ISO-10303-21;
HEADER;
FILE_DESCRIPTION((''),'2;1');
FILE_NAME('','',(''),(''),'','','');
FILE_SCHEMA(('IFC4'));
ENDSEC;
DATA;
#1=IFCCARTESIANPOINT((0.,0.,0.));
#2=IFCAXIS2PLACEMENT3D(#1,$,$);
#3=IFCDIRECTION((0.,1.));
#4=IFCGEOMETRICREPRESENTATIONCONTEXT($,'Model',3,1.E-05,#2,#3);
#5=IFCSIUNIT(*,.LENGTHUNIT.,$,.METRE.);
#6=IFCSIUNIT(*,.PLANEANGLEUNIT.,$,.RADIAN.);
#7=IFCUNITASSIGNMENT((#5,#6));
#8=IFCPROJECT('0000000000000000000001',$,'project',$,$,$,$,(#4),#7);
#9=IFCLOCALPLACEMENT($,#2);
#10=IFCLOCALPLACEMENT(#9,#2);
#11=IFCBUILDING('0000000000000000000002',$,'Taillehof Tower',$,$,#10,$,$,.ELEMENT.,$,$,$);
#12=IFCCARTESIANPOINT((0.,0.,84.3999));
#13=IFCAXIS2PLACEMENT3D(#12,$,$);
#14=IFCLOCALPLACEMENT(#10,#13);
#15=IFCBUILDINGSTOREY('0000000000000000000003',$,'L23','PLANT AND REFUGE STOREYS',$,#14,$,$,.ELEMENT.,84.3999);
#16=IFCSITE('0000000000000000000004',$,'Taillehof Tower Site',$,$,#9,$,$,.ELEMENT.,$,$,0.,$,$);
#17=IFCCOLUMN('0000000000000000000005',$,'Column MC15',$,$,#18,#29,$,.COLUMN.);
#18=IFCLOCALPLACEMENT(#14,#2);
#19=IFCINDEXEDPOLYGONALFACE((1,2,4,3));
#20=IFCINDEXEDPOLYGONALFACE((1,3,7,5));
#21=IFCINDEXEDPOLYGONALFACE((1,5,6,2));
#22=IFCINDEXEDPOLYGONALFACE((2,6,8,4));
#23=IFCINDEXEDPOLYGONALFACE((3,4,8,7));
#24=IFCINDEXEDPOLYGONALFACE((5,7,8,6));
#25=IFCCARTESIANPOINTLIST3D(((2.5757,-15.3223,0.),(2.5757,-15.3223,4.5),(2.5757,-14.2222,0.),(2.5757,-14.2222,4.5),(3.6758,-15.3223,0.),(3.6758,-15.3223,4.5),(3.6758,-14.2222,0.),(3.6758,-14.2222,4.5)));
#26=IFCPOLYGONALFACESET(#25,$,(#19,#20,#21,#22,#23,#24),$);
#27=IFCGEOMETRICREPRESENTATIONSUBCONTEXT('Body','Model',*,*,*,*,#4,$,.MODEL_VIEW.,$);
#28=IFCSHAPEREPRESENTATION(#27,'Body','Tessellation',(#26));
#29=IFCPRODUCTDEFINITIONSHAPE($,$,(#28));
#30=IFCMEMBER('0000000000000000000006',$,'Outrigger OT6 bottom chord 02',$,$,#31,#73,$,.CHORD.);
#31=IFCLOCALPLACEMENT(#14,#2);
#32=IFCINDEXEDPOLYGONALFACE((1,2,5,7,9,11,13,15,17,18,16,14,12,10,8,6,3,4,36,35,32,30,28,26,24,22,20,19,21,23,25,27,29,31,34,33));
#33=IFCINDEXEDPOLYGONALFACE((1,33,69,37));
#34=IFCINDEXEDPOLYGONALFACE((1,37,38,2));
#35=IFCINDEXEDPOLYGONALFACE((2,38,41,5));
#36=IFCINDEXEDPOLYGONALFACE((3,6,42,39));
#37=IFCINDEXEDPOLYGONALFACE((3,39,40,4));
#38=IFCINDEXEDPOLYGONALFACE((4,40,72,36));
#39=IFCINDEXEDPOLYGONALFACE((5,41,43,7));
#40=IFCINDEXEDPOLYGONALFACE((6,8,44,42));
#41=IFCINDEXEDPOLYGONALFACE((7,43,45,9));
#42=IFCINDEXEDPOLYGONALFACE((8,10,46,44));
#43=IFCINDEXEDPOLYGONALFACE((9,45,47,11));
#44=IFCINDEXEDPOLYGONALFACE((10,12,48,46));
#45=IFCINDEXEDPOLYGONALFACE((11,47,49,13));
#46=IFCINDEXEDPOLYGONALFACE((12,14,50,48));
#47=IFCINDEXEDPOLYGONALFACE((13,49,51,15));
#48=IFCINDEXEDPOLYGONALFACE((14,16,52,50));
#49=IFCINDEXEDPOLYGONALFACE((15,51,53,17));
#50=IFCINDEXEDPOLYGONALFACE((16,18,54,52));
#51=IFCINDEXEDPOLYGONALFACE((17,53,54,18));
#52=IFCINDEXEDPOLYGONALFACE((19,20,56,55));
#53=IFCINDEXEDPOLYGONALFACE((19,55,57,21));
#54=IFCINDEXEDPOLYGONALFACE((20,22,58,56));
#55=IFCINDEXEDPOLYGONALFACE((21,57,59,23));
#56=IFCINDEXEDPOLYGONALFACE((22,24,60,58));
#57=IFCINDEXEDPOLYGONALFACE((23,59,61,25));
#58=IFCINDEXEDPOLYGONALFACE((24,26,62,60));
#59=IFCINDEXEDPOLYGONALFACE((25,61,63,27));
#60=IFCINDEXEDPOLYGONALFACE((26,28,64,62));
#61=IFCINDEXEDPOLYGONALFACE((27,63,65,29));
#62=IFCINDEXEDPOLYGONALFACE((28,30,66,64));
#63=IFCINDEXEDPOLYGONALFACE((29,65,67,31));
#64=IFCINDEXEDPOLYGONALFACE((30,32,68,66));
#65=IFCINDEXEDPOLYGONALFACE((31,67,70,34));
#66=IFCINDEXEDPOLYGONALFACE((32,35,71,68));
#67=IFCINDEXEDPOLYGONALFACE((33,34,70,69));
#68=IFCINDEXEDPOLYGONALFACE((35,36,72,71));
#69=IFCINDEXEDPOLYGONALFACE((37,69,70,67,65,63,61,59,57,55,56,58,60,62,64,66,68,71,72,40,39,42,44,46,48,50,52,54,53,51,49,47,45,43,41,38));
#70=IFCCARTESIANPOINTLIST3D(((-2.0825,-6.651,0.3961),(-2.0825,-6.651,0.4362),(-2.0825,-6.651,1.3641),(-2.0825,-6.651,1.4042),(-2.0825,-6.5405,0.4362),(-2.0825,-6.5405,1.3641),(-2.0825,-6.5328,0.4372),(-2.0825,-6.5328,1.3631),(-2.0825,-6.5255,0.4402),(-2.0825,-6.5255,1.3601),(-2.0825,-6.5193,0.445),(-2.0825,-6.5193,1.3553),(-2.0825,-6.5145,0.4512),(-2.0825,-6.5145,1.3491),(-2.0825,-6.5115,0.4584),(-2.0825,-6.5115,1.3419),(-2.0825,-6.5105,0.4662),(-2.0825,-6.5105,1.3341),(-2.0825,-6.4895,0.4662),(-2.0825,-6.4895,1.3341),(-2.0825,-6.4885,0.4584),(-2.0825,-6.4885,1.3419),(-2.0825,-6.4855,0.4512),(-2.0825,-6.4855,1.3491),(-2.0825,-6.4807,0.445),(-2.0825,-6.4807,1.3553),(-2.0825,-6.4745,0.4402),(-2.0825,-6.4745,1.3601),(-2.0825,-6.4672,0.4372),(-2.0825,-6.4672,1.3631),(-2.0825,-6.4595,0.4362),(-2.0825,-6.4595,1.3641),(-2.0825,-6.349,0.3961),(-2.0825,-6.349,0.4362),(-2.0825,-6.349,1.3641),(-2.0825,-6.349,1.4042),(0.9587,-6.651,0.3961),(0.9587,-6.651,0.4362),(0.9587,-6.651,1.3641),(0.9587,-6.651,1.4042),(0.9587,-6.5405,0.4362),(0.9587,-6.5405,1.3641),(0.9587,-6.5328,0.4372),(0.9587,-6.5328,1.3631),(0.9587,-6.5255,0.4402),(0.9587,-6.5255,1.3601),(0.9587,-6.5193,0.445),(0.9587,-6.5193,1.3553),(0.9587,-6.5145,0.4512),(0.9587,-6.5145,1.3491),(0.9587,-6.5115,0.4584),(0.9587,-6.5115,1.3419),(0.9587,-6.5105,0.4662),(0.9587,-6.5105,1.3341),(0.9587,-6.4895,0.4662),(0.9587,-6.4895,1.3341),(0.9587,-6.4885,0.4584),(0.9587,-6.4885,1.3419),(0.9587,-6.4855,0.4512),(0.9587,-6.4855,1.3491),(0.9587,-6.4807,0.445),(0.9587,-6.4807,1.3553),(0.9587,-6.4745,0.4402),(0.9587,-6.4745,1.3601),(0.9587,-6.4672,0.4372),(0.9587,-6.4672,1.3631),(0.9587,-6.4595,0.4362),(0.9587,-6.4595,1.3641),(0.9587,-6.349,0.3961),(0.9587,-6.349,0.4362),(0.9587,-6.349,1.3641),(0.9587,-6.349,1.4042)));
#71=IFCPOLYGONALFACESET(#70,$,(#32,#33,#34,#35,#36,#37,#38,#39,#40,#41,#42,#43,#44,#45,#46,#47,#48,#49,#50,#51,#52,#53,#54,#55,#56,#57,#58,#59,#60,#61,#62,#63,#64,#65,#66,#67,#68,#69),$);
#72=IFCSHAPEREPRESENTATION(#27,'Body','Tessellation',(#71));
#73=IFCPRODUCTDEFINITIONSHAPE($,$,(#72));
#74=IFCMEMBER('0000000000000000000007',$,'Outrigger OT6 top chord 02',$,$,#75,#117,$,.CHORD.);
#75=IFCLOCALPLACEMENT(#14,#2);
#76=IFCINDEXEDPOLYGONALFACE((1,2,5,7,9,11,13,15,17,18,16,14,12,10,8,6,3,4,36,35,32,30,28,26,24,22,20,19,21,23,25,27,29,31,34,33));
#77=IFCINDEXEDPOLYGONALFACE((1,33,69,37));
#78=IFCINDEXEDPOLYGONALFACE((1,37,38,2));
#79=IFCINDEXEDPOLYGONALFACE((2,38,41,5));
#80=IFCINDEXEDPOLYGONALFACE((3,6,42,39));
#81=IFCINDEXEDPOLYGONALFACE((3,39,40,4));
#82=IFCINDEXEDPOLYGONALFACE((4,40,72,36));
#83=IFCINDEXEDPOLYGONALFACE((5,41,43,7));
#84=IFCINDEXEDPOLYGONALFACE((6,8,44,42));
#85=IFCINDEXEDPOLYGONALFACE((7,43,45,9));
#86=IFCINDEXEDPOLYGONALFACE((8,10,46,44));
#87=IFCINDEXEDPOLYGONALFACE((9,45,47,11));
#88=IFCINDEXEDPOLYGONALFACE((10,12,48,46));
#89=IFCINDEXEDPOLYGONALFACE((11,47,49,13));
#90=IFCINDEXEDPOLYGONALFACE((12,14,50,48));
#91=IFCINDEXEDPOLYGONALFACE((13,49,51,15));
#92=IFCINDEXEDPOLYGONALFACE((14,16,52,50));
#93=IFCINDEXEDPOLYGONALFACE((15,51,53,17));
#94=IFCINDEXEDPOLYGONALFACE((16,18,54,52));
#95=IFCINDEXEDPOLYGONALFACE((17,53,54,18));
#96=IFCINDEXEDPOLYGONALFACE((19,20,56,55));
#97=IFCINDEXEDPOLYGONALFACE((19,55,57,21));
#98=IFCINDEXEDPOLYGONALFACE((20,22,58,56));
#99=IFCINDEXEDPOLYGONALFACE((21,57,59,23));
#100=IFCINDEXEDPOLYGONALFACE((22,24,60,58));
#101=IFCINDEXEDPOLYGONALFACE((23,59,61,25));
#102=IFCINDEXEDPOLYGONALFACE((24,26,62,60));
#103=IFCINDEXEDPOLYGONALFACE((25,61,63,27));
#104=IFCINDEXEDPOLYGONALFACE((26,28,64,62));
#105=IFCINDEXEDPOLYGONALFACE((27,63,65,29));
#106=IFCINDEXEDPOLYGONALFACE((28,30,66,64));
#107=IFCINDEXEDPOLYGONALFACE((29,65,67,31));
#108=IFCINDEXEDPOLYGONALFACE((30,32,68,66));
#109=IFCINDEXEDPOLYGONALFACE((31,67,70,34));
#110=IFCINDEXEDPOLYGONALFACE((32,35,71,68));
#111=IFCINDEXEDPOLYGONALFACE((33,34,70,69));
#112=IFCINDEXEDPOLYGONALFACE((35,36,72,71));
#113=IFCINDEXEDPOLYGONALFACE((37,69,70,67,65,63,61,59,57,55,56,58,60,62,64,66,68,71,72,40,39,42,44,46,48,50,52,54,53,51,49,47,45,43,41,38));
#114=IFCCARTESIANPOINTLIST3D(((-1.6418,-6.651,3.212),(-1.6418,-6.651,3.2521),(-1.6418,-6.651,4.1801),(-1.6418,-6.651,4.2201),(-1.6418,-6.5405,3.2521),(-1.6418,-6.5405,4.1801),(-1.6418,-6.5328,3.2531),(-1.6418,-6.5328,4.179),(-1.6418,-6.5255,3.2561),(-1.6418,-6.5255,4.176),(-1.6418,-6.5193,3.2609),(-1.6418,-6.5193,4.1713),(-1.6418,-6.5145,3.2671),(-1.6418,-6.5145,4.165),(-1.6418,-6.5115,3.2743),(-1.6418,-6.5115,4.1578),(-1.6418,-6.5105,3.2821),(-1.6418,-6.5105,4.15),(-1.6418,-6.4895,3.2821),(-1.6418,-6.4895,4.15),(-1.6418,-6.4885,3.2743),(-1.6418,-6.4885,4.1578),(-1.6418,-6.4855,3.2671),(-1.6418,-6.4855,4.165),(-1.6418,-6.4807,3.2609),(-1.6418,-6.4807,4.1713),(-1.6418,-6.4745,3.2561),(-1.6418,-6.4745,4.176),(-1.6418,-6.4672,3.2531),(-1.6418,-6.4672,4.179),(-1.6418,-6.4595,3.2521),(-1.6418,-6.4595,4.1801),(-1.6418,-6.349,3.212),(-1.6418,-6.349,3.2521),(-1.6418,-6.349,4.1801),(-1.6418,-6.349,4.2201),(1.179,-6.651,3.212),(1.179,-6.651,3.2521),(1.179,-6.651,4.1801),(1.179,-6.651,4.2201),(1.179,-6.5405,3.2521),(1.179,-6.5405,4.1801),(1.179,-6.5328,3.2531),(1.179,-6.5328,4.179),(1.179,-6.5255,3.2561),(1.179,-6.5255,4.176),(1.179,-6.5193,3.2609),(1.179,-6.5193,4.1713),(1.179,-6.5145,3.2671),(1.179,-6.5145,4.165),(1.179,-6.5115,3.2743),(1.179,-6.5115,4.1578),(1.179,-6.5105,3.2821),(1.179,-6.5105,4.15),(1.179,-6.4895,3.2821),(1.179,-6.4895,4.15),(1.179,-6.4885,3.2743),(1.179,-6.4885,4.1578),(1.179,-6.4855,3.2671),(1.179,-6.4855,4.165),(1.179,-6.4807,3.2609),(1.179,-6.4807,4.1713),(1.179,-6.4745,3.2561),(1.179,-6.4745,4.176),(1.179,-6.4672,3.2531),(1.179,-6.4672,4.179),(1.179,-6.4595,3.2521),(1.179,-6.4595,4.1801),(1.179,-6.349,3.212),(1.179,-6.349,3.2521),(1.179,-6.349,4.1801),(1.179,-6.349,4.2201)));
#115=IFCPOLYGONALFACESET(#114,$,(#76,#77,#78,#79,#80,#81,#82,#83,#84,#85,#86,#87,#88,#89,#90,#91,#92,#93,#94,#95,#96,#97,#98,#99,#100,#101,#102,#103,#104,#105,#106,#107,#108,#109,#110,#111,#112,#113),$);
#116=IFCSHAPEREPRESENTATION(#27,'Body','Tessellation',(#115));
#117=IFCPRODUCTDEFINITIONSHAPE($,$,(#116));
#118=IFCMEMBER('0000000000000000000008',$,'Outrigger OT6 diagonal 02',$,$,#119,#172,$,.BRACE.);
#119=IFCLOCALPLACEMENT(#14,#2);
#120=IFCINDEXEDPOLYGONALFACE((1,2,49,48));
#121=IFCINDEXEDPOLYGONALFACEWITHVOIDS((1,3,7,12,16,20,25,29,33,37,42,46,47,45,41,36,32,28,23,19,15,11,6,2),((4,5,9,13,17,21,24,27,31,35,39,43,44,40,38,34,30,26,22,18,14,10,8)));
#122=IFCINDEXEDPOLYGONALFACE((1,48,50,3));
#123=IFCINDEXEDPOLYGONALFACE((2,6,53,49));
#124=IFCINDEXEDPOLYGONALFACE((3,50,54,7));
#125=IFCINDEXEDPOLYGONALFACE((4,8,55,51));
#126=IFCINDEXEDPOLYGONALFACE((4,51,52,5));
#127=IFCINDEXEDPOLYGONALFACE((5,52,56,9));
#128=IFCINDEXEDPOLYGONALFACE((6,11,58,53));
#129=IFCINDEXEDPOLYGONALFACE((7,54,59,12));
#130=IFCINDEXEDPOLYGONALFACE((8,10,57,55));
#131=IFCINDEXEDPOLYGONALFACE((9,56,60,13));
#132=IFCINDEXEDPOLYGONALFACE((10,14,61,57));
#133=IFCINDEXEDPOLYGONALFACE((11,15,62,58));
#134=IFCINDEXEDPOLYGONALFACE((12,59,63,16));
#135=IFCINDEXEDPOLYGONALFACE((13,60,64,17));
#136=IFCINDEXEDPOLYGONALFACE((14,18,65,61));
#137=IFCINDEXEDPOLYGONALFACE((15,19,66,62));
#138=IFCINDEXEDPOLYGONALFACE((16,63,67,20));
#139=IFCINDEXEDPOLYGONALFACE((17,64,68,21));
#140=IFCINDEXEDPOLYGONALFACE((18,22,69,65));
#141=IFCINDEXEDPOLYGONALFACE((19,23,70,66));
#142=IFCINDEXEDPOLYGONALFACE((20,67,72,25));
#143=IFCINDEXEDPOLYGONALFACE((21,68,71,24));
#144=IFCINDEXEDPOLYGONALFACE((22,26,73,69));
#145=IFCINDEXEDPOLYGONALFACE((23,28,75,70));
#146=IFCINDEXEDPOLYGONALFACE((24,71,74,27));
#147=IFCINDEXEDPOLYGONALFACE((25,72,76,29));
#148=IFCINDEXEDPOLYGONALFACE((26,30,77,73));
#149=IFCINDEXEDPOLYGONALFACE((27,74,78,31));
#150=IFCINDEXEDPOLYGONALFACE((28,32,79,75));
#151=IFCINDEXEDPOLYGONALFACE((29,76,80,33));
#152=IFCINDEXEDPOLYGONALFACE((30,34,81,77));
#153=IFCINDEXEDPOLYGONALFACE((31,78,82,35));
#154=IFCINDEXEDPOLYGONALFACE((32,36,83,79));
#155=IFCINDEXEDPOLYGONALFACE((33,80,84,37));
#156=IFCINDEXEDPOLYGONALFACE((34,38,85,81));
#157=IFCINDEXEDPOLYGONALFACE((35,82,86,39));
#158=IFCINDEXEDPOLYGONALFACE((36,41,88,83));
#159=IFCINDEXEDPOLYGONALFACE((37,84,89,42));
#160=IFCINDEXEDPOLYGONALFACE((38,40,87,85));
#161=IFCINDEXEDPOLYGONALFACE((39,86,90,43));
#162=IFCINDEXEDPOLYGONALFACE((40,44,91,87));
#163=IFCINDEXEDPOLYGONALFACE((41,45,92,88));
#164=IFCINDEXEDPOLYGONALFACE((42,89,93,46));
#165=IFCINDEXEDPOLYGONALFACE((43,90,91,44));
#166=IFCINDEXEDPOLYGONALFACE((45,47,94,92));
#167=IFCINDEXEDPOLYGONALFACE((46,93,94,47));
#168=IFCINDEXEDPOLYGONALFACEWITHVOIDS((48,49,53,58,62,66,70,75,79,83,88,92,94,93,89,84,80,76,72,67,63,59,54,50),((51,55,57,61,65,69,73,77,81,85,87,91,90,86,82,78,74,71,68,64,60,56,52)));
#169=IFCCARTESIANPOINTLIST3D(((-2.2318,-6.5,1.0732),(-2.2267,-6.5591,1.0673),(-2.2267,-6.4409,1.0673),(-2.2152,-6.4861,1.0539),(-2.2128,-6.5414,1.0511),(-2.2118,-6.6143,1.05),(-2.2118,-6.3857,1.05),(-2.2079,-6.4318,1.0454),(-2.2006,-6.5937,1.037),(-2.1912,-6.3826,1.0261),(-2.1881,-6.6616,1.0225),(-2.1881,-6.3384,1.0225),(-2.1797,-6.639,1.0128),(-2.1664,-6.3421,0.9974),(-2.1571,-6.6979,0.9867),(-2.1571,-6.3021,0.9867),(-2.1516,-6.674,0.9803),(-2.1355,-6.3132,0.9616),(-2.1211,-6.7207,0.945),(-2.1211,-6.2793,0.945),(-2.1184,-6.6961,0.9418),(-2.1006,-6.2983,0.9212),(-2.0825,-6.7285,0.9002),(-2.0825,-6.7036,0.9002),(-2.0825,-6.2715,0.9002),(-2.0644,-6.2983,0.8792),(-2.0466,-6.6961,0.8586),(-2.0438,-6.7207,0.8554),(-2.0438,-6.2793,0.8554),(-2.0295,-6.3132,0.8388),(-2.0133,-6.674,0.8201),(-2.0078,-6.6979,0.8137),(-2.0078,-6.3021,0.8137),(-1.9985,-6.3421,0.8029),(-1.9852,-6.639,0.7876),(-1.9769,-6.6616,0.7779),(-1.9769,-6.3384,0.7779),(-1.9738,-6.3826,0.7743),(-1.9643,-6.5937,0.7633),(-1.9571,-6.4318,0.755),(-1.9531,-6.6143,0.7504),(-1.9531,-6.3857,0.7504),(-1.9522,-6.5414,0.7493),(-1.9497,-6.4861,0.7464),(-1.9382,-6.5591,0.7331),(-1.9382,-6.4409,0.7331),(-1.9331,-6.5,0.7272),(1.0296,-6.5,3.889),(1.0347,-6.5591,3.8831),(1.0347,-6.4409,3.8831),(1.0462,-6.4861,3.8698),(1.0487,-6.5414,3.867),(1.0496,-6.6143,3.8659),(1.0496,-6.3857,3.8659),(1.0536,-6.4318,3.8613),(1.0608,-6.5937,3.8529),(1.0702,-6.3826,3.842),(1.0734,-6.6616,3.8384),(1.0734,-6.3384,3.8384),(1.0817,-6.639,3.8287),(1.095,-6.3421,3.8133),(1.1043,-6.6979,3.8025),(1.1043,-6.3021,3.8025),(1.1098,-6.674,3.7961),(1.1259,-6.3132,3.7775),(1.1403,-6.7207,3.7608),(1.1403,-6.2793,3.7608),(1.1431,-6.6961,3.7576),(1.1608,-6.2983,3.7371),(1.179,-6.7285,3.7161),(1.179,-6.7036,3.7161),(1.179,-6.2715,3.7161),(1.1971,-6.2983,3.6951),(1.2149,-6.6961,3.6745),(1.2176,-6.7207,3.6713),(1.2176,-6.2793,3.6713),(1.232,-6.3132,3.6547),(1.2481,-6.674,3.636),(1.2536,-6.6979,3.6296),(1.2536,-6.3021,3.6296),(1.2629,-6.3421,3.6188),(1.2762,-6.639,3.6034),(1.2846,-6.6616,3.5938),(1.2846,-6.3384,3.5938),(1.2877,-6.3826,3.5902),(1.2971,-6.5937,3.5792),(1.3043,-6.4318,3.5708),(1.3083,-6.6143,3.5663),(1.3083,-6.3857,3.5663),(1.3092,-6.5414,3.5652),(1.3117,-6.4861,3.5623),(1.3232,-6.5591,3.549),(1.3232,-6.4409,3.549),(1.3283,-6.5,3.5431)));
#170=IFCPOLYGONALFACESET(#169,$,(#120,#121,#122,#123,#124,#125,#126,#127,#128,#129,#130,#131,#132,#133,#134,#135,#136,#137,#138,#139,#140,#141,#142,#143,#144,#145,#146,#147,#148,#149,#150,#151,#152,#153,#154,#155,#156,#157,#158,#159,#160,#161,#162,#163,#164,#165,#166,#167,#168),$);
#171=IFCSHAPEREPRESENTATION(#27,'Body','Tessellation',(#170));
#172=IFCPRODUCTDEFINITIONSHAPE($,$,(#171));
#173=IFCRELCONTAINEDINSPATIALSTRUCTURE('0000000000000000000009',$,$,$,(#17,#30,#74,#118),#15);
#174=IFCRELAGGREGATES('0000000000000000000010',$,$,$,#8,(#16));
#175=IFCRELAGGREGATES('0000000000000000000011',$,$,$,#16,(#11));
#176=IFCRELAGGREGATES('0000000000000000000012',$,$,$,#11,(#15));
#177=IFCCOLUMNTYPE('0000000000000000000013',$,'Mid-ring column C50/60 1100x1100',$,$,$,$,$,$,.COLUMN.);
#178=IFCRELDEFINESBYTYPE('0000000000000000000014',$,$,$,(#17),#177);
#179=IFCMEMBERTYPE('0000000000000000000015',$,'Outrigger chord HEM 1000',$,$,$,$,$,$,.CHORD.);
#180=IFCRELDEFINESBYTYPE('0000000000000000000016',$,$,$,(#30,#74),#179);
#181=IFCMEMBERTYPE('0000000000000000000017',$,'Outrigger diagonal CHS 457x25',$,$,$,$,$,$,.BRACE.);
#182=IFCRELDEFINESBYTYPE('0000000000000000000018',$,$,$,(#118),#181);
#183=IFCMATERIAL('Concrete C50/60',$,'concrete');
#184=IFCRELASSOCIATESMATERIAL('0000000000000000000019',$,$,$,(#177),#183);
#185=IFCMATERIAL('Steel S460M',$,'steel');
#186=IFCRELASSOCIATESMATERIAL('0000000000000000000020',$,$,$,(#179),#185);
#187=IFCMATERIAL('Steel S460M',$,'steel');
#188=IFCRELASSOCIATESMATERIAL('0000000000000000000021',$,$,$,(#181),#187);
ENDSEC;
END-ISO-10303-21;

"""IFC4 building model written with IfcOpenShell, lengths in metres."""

from ifc_helpers import new_model, si_unit, direction, frame, origin, origin_2d, place, context, subcontext, project, spatial, rectangle, hollow_circle, i_section, extrude, material, material_profile, profile_set, type_object, element, save


model = new_model("IFC4")

# Units and contexts
model_context = context("Model", 3, precision=1e-05, world=origin(), true_north=direction((0.0, 1.0)))
body_context = subcontext(model_context, "Body", "Model", "MODEL_VIEW")
ifc_project = project(units=[si_unit("LENGTHUNIT", "METRE"), si_unit("PLANEANGLEUNIT", "RADIAN")], contexts=[model_context])

# Site, building, storey
site_placement = place(None, origin())
site = spatial("IfcSite", under=ifc_project, at=site_placement, Name="Taillehof Tower Site", CompositionType="ELEMENT", RefElevation=0.0)
building_placement = place(site_placement, origin())
building = spatial("IfcBuilding", under=site, at=building_placement, Name="Taillehof Tower", CompositionType="ELEMENT")
storey_placement = place(building_placement, frame((0.0, 0.0, 84.3999)))
storey = spatial("IfcBuildingStorey", under=building, at=storey_placement, Name="L23", Description="PLANT AND REFUGE STOREYS", CompositionType="ELEMENT", Elevation=84.3999)

# Column
ifc_material_1 = material(Name="Concrete C50/60", Category="concrete")
ifc_material_profile_1 = material_profile(ifc_material_1, rectangle(XDim=1.1001, YDim=1.1001, at=origin_2d()), Name="RC 1100x1100")
ifc_profile_set_1 = profile_set([ifc_material_profile_1], Name="Concrete C50/60")
column_type = type_object("IfcColumnType", Name="Mid-ring column C50/60 1100x1100", PredefinedType="COLUMN", material=ifc_profile_set_1)
column_placement = place(storey_placement, frame((3.1257, -14.7722, 0.0), z_axis=(0.0, 0.0, 1.0), x_axis=(1.0, 0.0, 0.0)))
element("IfcColumn", 1, at=column_placement, inside=storey, type_object=column_type, Name="Column MC15", PredefinedType="COLUMN", context=body_context, shape_type="SweptSolid", body=[
    extrude(rectangle(XDim=1.1001, YDim=1.1001, at=origin_2d()), origin(), (0.0, 0.0, 1.0), 4.5),
])

# Members
ifc_material_2 = material(Name="Steel S460M", Category="steel")
ifc_material_profile_2 = material_profile(ifc_material_2, i_section(OverallWidth=0.302, OverallDepth=1.0081, WebThickness=0.021, FlangeThickness=0.04, FilletRadius=0.03, at=origin_2d()), Name="HEM 1000")
ifc_profile_set_2 = profile_set([ifc_material_profile_2], Name="Steel S460M")
member_type_1 = type_object("IfcMemberType", Name="Outrigger chord HEM 1000", PredefinedType="CHORD", material=ifc_profile_set_2)
member_1_placement = place(storey_placement, frame((0.9587, -6.5, 0.9001), z_axis=(-1.0, 0.0, 0.0), x_axis=(0.0, -1.0, 0.0)))
element("IfcMember", 2, at=member_1_placement, inside=storey, type_object=member_type_1, Name="Outrigger OT6 bottom chord 02", PredefinedType="CHORD", context=body_context, shape_type="SweptSolid", body=[
    extrude(i_section(OverallWidth=0.302, OverallDepth=1.0081, WebThickness=0.021, FlangeThickness=0.04, FilletRadius=0.03, at=origin_2d()), origin(), (0.0, 0.0, 1.0), 3.0413),
])
member_2_placement = place(storey_placement, frame((1.179, -6.5, 3.7161), z_axis=(-1.0, 0.0, 0.0), x_axis=(0.0, -1.0, 0.0)))
element("IfcMember", 3, at=member_2_placement, inside=storey, type_object=member_type_1, Name="Outrigger OT6 top chord 02", PredefinedType="CHORD", context=body_context, shape_type="SweptSolid", body=[
    extrude(i_section(OverallWidth=0.302, OverallDepth=1.0081, WebThickness=0.021, FlangeThickness=0.04, FilletRadius=0.03, at=origin_2d()), origin(), (0.0, 0.0, 1.0), 2.8208),
])
ifc_material_3 = material(Name="Steel S460M", Category="steel")
ifc_material_profile_3 = material_profile(ifc_material_3, hollow_circle(Radius=0.2285, WallThickness=0.0249, at=origin_2d()), Name="CHS 457x25")
ifc_profile_set_3 = profile_set([ifc_material_profile_3], Name="Steel S460M")
member_type_2 = type_object("IfcMemberType", Name="Outrigger diagonal CHS 457x25", PredefinedType="BRACE", material=ifc_profile_set_3)
member_3_placement = place(storey_placement, frame((1.179, -6.5, 3.7161), z_axis=(-0.756916, 0.0, -0.653512), x_axis=(0.0, -1.0, 0.0)))
element("IfcMember", 4, at=member_3_placement, inside=storey, type_object=member_type_2, Name="Outrigger OT6 diagonal 02", PredefinedType="BRACE", context=body_context, shape_type="SweptSolid", body=[
    extrude(hollow_circle(Radius=0.2285, WallThickness=0.0249, at=origin_2d()), origin(), (0.0, 0.0, 1.0), 4.3088),
])

save(model, "model.ifc")
